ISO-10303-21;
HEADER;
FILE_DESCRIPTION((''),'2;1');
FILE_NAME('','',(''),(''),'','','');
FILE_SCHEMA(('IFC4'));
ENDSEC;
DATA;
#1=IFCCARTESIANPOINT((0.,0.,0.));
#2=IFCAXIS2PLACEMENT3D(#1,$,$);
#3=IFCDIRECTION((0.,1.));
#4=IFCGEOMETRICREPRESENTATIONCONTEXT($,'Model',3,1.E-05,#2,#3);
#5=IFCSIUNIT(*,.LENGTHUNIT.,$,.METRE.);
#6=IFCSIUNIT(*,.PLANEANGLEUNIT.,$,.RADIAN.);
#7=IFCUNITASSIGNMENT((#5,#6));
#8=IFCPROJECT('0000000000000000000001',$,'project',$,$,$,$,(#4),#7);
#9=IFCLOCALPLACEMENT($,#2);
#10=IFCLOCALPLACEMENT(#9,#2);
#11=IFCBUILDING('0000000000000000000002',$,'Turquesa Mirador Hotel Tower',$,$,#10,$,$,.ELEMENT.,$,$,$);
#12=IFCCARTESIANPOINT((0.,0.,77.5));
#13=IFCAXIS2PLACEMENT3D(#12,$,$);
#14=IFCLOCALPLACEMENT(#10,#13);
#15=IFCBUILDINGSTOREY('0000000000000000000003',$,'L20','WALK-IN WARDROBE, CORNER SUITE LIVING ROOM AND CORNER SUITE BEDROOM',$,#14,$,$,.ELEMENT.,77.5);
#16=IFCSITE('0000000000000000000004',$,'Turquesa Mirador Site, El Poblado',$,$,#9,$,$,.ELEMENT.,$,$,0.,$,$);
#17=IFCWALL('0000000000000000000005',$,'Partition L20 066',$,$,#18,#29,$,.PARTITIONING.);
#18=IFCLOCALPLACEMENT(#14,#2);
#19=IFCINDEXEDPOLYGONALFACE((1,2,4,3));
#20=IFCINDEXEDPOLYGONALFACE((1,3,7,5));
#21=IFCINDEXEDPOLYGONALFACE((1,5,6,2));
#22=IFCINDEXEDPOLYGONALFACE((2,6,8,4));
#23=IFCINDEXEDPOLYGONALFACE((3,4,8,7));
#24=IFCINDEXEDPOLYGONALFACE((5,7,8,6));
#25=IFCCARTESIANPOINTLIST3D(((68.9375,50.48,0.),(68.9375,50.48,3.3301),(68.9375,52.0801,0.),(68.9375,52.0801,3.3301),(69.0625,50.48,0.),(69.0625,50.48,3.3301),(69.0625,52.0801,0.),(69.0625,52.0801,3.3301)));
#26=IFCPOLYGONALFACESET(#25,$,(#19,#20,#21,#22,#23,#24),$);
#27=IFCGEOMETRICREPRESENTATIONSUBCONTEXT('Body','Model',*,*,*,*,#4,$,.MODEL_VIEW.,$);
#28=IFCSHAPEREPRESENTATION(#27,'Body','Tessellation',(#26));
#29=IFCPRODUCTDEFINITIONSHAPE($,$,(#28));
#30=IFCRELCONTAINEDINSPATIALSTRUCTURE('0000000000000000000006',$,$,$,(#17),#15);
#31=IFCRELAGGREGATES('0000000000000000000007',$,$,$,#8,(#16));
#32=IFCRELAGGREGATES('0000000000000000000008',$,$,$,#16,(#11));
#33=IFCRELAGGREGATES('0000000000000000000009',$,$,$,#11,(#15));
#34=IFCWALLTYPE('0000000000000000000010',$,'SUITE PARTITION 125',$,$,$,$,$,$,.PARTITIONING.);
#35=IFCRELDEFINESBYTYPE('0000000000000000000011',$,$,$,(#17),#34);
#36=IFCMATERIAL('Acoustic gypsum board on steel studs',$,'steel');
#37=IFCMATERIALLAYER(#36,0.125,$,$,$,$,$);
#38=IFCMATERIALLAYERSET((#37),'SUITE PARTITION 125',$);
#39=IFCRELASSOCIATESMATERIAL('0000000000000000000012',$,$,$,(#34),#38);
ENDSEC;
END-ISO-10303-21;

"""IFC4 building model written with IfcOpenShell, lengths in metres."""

from ifc_helpers import new_model, si_unit, direction, frame, frame_2d, origin, place, context, subcontext, project, spatial, rectangle, extrude, material, layer, layer_set, type_object, element, save


model = new_model("IFC4")

# Units and contexts
model_context = context("Model", 3, precision=1e-05, world=origin(), true_north=direction((0.0, 1.0)))
body_context = subcontext(model_context, "Body", "Model", "MODEL_VIEW")
ifc_project = project(units=[si_unit("LENGTHUNIT", "METRE"), si_unit("PLANEANGLEUNIT", "RADIAN")], contexts=[model_context])

# Site, building, storey
site_placement = place(None, origin())
site = spatial("IfcSite", under=ifc_project, at=site_placement, Name="Turquesa Mirador Site, El Poblado", CompositionType="ELEMENT", RefElevation=0.0)
building_placement = place(site_placement, origin())
building = spatial("IfcBuilding", under=site, at=building_placement, Name="Turquesa Mirador Hotel Tower", CompositionType="ELEMENT")
storey_placement = place(building_placement, frame((0.0, 0.0, 77.5)))
storey = spatial("IfcBuildingStorey", under=building, at=storey_placement, Name="L20", Description="WALK-IN WARDROBE, CORNER SUITE LIVING ROOM AND CORNER SUITE BEDROOM", CompositionType="ELEMENT", Elevation=77.5)

# Shared definitions
ifc_material_1 = material(Name="Acoustic gypsum board on steel studs", Category="steel")
ifc_layer_1 = layer(ifc_material_1, 0.125)
ifc_layer_set_1 = layer_set([ifc_layer_1], Name="SUITE PARTITION 125")
wall_type_1 = type_object("IfcWallType", Name="SUITE PARTITION 125", PredefinedType="PARTITIONING", material=ifc_layer_set_1)

# Wall
wall_1_placement = place(storey_placement, frame((69.0, 50.48, 0.0), z_axis=(0.0, 0.0, 1.0), x_axis=(0.0, 1.0, 0.0)))
element("IfcWall", 1, at=wall_1_placement, inside=storey, type_object=wall_type_1, Name="Partition L20 066", PredefinedType="PARTITIONING", context=body_context, shape_type="SweptSolid", body=[
    extrude(rectangle(XDim=1.6001, YDim=0.125, at=frame_2d((0.8, 0.0))), origin(), (0.0, 0.0, 1.0), 3.3301),
])

save(model, "model.ifc")
